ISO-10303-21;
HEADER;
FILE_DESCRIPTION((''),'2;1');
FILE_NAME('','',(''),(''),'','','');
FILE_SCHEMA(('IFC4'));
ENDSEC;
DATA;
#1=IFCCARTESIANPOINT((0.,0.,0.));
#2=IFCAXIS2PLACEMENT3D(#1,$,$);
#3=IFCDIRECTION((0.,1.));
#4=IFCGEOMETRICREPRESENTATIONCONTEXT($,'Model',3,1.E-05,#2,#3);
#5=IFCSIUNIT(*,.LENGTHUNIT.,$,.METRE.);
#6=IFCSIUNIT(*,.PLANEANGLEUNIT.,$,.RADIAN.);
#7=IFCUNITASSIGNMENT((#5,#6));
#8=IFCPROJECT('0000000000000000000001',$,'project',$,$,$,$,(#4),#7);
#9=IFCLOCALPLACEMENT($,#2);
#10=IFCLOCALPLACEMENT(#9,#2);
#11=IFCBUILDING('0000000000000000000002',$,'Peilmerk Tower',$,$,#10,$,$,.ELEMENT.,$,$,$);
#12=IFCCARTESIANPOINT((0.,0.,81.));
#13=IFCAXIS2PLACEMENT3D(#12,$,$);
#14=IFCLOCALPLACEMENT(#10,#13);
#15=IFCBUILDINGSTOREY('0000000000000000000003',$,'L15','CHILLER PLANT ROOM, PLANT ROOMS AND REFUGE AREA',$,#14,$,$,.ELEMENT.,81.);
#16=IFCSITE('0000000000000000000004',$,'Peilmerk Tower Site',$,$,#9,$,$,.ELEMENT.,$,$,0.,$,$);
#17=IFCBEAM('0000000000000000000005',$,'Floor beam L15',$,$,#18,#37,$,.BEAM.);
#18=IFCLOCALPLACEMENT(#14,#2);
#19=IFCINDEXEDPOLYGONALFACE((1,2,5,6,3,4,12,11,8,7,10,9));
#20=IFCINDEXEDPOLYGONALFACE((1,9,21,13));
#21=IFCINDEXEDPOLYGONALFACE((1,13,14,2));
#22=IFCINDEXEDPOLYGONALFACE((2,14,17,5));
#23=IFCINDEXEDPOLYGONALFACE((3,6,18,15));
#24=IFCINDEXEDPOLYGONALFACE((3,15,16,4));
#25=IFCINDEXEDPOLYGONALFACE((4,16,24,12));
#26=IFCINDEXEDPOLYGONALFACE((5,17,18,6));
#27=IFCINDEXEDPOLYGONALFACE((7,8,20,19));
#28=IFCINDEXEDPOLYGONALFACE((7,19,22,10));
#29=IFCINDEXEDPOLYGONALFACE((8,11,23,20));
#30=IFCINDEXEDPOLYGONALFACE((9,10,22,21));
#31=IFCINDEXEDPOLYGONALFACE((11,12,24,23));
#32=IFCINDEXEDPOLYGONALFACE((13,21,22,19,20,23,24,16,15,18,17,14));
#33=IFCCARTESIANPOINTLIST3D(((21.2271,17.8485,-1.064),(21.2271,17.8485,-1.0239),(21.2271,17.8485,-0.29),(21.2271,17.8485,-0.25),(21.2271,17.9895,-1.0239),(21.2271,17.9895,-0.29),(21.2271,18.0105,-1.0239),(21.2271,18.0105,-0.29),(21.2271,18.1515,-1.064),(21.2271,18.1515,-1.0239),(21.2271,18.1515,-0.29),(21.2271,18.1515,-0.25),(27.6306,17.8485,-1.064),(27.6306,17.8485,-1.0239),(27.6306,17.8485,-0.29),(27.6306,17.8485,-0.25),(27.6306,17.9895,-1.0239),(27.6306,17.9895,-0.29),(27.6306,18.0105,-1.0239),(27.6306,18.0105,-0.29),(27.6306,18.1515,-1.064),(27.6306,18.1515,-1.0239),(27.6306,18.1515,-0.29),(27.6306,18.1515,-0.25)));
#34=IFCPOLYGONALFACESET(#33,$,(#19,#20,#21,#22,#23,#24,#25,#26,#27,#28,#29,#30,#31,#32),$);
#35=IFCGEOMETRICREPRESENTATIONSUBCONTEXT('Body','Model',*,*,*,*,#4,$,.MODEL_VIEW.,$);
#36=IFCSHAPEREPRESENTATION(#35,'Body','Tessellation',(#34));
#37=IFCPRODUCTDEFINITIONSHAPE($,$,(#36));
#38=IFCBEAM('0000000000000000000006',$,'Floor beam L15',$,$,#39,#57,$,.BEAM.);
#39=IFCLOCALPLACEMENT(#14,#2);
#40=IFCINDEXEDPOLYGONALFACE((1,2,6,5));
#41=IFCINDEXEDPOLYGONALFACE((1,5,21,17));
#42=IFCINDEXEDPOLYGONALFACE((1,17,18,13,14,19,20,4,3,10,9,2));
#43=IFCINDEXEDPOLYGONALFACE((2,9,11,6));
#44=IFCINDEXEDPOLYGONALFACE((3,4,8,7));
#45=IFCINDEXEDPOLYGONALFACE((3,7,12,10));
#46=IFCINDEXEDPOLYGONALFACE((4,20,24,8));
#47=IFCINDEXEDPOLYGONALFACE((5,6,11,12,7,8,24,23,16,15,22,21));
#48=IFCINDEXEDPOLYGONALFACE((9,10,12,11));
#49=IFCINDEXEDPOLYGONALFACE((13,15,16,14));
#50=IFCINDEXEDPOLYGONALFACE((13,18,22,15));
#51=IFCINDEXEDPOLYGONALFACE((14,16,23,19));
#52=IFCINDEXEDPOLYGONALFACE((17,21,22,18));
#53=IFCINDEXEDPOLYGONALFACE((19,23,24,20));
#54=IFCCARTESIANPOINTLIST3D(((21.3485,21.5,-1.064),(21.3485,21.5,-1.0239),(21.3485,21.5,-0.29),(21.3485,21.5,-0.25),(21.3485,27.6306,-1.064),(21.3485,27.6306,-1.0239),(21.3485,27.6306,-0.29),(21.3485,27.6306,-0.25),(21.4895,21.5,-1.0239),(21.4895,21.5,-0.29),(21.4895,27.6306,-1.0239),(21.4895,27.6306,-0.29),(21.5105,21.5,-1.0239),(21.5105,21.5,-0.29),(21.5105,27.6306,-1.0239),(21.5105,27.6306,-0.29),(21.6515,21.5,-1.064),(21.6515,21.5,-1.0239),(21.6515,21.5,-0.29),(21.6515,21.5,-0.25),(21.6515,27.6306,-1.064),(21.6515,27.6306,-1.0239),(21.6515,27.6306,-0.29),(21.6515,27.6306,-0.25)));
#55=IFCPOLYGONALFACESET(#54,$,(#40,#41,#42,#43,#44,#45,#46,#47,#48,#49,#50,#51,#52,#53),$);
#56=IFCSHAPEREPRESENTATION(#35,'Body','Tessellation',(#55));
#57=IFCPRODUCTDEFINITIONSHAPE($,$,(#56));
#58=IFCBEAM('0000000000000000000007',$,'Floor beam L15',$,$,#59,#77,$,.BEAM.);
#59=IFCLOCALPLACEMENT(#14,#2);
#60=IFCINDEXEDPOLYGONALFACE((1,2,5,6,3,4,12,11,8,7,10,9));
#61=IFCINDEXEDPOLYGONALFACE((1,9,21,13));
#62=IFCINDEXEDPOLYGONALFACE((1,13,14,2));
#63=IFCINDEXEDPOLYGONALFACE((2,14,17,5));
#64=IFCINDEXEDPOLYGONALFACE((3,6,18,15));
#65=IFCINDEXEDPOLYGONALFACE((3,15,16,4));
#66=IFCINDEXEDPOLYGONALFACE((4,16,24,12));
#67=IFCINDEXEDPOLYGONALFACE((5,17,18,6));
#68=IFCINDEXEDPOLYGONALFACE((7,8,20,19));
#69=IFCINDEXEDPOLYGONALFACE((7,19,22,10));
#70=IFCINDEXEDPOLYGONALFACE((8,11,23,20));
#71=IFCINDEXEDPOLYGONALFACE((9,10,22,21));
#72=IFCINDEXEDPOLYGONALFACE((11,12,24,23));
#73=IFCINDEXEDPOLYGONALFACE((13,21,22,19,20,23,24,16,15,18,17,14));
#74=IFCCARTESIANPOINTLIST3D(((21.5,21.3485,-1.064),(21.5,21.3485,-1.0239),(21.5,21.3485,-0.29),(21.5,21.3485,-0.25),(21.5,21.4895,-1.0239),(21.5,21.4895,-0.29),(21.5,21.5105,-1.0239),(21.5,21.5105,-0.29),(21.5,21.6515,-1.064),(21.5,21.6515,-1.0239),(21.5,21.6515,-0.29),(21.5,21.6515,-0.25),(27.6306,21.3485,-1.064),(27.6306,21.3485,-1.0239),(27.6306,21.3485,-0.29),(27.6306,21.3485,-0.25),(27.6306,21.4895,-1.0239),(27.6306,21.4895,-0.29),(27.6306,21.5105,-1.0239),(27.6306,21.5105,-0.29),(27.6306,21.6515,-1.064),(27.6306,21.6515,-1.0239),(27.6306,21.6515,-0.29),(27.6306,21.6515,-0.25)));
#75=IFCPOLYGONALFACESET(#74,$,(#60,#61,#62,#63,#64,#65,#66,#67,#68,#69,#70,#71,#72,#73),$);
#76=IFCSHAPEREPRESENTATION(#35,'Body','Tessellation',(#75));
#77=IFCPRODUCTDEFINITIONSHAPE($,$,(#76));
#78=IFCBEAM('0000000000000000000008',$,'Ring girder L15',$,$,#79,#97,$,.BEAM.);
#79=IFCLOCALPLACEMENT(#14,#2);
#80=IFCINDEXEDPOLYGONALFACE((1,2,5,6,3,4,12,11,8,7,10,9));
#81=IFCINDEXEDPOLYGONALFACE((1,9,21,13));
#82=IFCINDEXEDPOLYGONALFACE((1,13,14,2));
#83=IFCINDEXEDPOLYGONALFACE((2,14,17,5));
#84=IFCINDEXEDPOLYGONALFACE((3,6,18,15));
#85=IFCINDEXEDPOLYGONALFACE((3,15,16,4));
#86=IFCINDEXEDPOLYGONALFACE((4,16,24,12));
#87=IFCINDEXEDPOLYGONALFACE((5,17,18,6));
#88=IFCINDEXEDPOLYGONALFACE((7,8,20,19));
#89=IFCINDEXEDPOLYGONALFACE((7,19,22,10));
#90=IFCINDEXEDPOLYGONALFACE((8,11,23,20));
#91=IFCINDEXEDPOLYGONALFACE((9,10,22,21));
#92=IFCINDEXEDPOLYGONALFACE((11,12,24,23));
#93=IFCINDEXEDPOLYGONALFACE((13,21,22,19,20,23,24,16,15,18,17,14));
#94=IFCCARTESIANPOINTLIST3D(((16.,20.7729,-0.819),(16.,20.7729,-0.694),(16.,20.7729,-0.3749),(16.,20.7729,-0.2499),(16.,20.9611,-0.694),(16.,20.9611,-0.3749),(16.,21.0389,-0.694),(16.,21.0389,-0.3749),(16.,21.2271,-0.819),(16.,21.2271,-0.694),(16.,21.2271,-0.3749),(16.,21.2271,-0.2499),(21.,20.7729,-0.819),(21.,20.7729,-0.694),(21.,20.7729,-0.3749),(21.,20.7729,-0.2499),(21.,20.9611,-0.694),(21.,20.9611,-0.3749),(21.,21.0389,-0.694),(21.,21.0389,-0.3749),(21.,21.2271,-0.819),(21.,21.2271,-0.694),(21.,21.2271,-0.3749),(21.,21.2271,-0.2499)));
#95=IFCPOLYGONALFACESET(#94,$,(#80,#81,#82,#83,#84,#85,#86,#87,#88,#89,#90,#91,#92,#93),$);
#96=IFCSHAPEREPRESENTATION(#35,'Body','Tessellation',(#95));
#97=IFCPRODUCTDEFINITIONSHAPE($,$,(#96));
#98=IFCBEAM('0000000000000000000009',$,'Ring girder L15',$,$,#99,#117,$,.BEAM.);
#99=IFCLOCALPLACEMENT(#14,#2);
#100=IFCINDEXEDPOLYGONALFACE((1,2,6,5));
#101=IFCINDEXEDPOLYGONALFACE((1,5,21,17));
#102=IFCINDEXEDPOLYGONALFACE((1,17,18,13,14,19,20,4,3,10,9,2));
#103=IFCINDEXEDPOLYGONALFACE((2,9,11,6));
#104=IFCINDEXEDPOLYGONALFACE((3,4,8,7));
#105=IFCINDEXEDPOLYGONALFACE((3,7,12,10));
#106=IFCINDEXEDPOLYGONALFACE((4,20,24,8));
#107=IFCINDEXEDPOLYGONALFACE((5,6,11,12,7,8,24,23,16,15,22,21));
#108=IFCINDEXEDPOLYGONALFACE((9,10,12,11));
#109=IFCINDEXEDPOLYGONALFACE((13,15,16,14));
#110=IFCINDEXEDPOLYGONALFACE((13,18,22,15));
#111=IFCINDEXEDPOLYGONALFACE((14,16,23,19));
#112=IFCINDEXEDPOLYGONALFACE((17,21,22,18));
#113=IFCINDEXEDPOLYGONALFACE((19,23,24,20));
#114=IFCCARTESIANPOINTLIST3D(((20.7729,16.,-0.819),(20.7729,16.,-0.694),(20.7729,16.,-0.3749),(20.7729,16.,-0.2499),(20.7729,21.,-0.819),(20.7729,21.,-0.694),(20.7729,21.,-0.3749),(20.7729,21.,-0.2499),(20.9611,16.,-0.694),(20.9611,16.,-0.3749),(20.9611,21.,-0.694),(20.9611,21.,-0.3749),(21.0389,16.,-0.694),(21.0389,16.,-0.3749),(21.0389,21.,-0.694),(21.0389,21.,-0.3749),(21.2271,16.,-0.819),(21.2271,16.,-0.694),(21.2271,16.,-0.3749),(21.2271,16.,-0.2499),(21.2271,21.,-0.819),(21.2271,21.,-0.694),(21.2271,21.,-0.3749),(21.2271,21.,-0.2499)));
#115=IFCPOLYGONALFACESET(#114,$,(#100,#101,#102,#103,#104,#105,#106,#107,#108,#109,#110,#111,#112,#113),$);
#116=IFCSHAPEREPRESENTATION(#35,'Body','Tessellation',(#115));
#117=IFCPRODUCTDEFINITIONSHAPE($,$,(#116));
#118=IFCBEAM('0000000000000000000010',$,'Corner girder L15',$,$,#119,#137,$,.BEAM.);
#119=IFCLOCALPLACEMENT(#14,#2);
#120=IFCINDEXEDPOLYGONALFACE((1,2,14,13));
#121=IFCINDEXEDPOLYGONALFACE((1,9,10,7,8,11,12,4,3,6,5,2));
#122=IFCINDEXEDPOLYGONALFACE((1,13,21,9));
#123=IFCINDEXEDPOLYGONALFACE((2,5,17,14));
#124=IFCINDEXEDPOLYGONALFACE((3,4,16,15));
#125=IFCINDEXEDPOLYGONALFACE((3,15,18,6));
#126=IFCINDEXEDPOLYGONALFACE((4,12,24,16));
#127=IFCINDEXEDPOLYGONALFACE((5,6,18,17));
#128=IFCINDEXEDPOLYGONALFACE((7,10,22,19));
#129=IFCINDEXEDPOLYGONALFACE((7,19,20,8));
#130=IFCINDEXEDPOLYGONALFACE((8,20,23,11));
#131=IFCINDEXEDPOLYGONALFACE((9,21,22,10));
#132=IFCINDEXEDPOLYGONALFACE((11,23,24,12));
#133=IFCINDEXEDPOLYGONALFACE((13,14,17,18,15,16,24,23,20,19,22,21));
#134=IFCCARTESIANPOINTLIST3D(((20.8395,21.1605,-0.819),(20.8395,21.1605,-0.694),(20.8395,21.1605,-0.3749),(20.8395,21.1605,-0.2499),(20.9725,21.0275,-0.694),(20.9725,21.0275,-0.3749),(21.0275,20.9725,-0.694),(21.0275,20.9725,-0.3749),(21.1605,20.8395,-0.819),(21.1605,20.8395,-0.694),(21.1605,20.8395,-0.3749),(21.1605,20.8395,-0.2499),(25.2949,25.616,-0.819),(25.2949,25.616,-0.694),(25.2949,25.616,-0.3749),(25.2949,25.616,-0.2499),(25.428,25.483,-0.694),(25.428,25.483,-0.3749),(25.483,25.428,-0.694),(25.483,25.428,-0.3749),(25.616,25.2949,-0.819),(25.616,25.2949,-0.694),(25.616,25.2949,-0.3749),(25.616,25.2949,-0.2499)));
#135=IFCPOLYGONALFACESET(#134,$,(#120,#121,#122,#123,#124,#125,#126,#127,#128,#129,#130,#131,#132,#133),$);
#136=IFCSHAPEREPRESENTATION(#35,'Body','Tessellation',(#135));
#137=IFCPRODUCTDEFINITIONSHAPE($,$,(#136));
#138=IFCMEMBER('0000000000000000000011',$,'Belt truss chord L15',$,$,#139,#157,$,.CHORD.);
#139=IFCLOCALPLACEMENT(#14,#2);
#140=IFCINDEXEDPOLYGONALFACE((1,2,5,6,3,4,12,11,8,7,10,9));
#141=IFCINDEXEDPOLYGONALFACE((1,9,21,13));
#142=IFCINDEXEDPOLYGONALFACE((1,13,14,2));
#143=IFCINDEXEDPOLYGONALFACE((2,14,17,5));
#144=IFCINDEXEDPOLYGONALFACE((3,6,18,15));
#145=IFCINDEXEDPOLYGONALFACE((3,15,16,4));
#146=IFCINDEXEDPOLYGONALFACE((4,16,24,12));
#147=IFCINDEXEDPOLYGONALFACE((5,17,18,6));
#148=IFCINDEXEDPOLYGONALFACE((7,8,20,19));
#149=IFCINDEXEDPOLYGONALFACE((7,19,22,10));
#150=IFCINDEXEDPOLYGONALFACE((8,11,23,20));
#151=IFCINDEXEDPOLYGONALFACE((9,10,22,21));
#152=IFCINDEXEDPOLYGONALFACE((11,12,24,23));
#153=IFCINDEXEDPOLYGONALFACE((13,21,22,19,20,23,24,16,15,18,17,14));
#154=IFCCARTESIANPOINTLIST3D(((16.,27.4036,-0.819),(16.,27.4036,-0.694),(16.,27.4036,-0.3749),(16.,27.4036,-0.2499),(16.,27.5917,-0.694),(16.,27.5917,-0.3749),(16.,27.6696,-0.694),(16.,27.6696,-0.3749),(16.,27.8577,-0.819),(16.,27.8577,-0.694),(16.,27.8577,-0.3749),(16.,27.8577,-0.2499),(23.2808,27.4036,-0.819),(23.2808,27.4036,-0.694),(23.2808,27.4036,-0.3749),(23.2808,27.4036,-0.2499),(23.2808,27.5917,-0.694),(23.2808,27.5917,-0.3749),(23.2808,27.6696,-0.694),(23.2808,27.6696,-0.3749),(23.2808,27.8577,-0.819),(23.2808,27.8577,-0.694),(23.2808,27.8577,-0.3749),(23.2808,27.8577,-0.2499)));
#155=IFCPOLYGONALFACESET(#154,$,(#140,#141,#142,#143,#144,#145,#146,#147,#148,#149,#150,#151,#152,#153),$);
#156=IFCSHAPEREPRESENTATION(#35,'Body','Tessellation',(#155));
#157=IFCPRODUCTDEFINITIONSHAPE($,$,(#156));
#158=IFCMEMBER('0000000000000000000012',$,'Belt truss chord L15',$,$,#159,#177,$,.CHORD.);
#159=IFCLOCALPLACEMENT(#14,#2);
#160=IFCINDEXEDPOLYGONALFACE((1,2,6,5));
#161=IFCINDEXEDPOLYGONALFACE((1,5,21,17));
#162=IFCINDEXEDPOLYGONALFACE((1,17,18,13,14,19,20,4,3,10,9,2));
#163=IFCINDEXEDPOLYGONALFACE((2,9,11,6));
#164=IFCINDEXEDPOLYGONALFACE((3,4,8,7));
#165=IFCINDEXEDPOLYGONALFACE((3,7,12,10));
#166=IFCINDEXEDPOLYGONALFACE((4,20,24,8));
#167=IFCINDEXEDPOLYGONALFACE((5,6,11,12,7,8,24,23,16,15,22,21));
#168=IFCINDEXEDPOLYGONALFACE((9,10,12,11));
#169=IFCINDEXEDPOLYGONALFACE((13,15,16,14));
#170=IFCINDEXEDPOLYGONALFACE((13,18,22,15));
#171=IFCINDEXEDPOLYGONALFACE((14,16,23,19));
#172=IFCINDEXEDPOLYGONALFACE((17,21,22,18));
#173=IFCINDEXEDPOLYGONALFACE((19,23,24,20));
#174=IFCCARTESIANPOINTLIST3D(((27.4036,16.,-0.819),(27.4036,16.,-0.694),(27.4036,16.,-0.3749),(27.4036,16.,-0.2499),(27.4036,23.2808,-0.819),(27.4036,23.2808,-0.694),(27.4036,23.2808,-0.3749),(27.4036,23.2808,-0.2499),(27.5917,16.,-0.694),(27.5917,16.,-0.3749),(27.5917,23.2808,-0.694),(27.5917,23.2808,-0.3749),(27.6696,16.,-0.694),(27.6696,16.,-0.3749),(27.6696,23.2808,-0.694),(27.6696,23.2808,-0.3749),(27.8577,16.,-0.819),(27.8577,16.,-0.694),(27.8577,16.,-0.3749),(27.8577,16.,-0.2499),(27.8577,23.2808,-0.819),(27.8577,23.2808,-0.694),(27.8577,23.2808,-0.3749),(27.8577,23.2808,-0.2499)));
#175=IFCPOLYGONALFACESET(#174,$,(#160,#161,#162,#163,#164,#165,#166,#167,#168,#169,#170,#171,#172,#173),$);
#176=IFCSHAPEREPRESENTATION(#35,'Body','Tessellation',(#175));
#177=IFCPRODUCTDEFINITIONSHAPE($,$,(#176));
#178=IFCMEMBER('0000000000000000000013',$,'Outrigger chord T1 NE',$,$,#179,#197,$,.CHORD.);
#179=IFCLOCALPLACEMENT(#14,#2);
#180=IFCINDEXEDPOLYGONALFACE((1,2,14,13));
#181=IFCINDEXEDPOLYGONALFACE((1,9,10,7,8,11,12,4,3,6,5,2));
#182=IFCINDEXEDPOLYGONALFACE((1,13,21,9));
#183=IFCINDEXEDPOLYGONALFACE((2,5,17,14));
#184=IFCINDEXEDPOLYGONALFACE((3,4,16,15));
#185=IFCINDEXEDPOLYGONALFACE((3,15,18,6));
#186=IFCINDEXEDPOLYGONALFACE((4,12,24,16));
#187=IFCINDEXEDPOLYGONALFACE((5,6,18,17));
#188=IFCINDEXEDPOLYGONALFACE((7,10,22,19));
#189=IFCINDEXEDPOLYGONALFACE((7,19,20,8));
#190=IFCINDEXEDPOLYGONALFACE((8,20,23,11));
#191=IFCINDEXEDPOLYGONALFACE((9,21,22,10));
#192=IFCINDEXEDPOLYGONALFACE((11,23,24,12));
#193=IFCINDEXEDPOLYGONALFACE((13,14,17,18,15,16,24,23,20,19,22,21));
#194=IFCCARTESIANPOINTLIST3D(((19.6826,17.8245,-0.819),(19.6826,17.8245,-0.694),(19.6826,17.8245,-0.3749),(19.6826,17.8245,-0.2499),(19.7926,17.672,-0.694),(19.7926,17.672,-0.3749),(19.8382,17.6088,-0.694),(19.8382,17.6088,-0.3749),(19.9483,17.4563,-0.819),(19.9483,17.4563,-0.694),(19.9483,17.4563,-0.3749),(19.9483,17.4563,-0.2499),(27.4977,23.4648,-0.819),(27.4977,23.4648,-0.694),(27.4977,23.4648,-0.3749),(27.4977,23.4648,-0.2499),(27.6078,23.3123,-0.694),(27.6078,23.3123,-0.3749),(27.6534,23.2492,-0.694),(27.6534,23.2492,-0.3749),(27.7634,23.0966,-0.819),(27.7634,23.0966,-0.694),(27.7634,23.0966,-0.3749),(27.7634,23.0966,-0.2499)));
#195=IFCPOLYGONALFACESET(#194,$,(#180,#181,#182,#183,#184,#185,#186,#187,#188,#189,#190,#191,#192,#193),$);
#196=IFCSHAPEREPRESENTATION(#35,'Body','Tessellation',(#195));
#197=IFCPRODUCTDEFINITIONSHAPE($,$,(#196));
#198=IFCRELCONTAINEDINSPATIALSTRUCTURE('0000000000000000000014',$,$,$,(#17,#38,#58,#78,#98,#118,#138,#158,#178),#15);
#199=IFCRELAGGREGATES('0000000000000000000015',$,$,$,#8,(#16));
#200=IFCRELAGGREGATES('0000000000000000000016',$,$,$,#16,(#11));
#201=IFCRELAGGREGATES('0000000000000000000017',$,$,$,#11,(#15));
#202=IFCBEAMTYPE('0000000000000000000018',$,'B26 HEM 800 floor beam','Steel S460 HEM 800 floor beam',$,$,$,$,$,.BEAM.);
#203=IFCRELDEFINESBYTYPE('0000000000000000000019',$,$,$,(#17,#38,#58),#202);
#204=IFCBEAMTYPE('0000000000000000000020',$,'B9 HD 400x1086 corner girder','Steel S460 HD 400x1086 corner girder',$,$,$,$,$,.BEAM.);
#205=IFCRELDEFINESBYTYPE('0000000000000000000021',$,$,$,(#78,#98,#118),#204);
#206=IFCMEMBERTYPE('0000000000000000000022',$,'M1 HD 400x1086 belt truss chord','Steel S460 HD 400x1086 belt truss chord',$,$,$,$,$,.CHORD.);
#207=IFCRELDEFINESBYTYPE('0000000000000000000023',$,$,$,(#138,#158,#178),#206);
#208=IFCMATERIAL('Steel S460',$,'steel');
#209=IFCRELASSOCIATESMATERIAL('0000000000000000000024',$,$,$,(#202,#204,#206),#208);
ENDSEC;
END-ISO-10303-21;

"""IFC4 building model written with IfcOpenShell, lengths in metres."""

from ifc_helpers import new_model, si_unit, direction, frame, origin, origin_2d, place, context, subcontext, project, spatial, i_section, extrude, material, material_profile, profile_set, type_object, element, save


model = new_model("IFC4")

# Units and contexts
model_context = context("Model", 3, precision=1e-05, world=origin(), true_north=direction((0.0, 1.0)))
body_context = subcontext(model_context, "Body", "Model", "MODEL_VIEW")
ifc_project = project(units=[si_unit("LENGTHUNIT", "METRE"), si_unit("PLANEANGLEUNIT", "RADIAN")], contexts=[model_context])

# Site, building, storey
site_placement = place(None, origin())
site = spatial("IfcSite", under=ifc_project, at=site_placement, Name="Peilmerk Tower Site", CompositionType="ELEMENT", RefElevation=0.0)
building_placement = place(site_placement, origin())
building = spatial("IfcBuilding", under=site, at=building_placement, Name="Peilmerk Tower", CompositionType="ELEMENT")
storey_placement = place(building_placement, frame((0.0, 0.0, 81.0)))
storey = spatial("IfcBuildingStorey", under=building, at=storey_placement, Name="L15", Description="CHILLER PLANT ROOM, PLANT ROOMS AND REFUGE AREA", CompositionType="ELEMENT", Elevation=81.0)

# Shared definitions
ifc_material_1 = material(Name="Steel S460", Category="steel")

# Beams
ifc_material_profile_1 = material_profile(ifc_material_1, i_section(OverallWidth=0.303, OverallDepth=0.814, WebThickness=0.021, FlangeThickness=0.04, at=origin_2d()), Name="HEM 800")
ifc_profile_set_1 = profile_set([ifc_material_profile_1], Name="Steel S460")
beam_type_1 = type_object("IfcBeamType", Name="B26 HEM 800 floor beam", Description="Steel S460 HEM 800 floor beam", PredefinedType="BEAM", material=ifc_profile_set_1)
beam_1_placement = place(storey_placement, frame((21.2271, 18.0, -0.657), z_axis=(1.0, 0.0, 0.0), x_axis=(0.0, 1.0, 0.0)))
element("IfcBeam", 1, at=beam_1_placement, inside=storey, type_object=beam_type_1, Name="Floor beam L15", PredefinedType="BEAM", context=body_context, shape_type="SweptSolid", body=[
    extrude(i_section(OverallWidth=0.303, OverallDepth=0.814, WebThickness=0.021, FlangeThickness=0.04, at=origin_2d()), origin(), (0.0, 0.0, 1.0), 6.4036),
])
for number, where, z_axis, x_axis, name in (
    (2, (21.5, 21.5, -0.657), (0.0, 1.0, 0.0), (-1.0, 0.0, 0.0), "Floor beam L15"),
    (3, (21.5, 21.5, -0.657), (1.0, 0.0, 0.0), (0.0, 1.0, 0.0), "Floor beam L15"),
):
    element("IfcBeam", number, at=place(storey_placement, frame(where, z_axis=z_axis, x_axis=x_axis)), inside=storey, type_object=beam_type_1, Name=name, PredefinedType="BEAM", context=body_context, shape_type="SweptSolid", body=[
        extrude(i_section(OverallWidth=0.303, OverallDepth=0.814, WebThickness=0.021, FlangeThickness=0.04, at=origin_2d()), origin(), (0.0, 0.0, 1.0), 6.1306),
    ])
ifc_material_profile_2 = material_profile(ifc_material_1, i_section(OverallWidth=0.4541, OverallDepth=0.5691, WebThickness=0.0779, FlangeThickness=0.125, at=origin_2d()), Name="HD 400x1086")
ifc_profile_set_2 = profile_set([ifc_material_profile_2], Name="Steel S460")
beam_type_2 = type_object("IfcBeamType", Name="B9 HD 400x1086 corner girder", Description="Steel S460 HD 400x1086 corner girder", PredefinedType="BEAM", material=ifc_profile_set_2)
for number, where, z_axis, x_axis, name in (
    (4, (21.0, 21.0, -0.5344), (-1.0, 0.0, 0.0), (0.0, -1.0, 0.0), "Ring girder L15"),
    (5, (21.0, 16.0, -0.5344), (0.0, 1.0, 0.0), (-1.0, 0.0, 0.0), "Ring girder L15"),
):
    element("IfcBeam", number, at=place(storey_placement, frame(where, z_axis=z_axis, x_axis=x_axis)), inside=storey, type_object=beam_type_2, Name=name, PredefinedType="BEAM", context=body_context, shape_type="SweptSolid", body=[
        extrude(i_section(OverallWidth=0.4541, OverallDepth=0.5691, WebThickness=0.0779, FlangeThickness=0.125, at=origin_2d()), origin(), (0.0, 0.0, 1.0), 5.0),
    ])
beam_2_placement = place(storey_placement, frame((21.0, 21.0, -0.5344), z_axis=(0.707107, 0.707107, 0.0), x_axis=(-0.707107, 0.707107, 0.0)))
element("IfcBeam", 6, at=beam_2_placement, inside=storey, type_object=beam_type_2, Name="Corner girder L15", PredefinedType="BEAM", context=body_context, shape_type="SweptSolid", body=[
    extrude(i_section(OverallWidth=0.4541, OverallDepth=0.5691, WebThickness=0.0779, FlangeThickness=0.125, at=origin_2d()), origin(), (0.0, 0.0, 1.0), 6.301),
])

# Members
ifc_material_profile_3 = material_profile(ifc_material_1, i_section(OverallWidth=0.4541, OverallDepth=0.5691, WebThickness=0.0779, FlangeThickness=0.125, at=origin_2d()), Name="HD 400x1086")
ifc_profile_set_3 = profile_set([ifc_material_profile_3], Name="Steel S460")
member_type_1 = type_object("IfcMemberType", Name="M1 HD 400x1086 belt truss chord", Description="Steel S460 HD 400x1086 belt truss chord", PredefinedType="CHORD", material=ifc_profile_set_3)
for number, where, z_axis, x_axis, name in (
    (7, (23.2808, 27.6306, -0.5344), (-1.0, 0.0, 0.0), (0.0, -1.0, 0.0), "Belt truss chord L15"),
    (8, (27.6306, 16.0, -0.5344), (0.0, 1.0, 0.0), (-1.0, 0.0, 0.0), "Belt truss chord L15"),
):
    element("IfcMember", number, at=place(storey_placement, frame(where, z_axis=z_axis, x_axis=x_axis)), inside=storey, type_object=member_type_1, Name=name, PredefinedType="CHORD", context=body_context, shape_type="SweptSolid", body=[
        extrude(i_section(OverallWidth=0.4541, OverallDepth=0.5691, WebThickness=0.0779, FlangeThickness=0.125, at=origin_2d()), origin(), (0.0, 0.0, 1.0), 7.2808),
    ])
member_1_placement = place(storey_placement, frame((19.8154, 17.6404, -0.5344), z_axis=(0.810872, 0.585223, 0.0), x_axis=(-0.585223, 0.810872, 0.0)))
element("IfcMember", 9, at=member_1_placement, inside=storey, type_object=member_type_1, Name="Outrigger chord T1 NE", PredefinedType="CHORD", context=body_context, shape_type="SweptSolid", body=[
    extrude(i_section(OverallWidth=0.4541, OverallDepth=0.5691, WebThickness=0.0779, FlangeThickness=0.125, at=origin_2d()), origin(), (0.0, 0.0, 1.0), 9.6379),
])

save(model, "model.ifc")
